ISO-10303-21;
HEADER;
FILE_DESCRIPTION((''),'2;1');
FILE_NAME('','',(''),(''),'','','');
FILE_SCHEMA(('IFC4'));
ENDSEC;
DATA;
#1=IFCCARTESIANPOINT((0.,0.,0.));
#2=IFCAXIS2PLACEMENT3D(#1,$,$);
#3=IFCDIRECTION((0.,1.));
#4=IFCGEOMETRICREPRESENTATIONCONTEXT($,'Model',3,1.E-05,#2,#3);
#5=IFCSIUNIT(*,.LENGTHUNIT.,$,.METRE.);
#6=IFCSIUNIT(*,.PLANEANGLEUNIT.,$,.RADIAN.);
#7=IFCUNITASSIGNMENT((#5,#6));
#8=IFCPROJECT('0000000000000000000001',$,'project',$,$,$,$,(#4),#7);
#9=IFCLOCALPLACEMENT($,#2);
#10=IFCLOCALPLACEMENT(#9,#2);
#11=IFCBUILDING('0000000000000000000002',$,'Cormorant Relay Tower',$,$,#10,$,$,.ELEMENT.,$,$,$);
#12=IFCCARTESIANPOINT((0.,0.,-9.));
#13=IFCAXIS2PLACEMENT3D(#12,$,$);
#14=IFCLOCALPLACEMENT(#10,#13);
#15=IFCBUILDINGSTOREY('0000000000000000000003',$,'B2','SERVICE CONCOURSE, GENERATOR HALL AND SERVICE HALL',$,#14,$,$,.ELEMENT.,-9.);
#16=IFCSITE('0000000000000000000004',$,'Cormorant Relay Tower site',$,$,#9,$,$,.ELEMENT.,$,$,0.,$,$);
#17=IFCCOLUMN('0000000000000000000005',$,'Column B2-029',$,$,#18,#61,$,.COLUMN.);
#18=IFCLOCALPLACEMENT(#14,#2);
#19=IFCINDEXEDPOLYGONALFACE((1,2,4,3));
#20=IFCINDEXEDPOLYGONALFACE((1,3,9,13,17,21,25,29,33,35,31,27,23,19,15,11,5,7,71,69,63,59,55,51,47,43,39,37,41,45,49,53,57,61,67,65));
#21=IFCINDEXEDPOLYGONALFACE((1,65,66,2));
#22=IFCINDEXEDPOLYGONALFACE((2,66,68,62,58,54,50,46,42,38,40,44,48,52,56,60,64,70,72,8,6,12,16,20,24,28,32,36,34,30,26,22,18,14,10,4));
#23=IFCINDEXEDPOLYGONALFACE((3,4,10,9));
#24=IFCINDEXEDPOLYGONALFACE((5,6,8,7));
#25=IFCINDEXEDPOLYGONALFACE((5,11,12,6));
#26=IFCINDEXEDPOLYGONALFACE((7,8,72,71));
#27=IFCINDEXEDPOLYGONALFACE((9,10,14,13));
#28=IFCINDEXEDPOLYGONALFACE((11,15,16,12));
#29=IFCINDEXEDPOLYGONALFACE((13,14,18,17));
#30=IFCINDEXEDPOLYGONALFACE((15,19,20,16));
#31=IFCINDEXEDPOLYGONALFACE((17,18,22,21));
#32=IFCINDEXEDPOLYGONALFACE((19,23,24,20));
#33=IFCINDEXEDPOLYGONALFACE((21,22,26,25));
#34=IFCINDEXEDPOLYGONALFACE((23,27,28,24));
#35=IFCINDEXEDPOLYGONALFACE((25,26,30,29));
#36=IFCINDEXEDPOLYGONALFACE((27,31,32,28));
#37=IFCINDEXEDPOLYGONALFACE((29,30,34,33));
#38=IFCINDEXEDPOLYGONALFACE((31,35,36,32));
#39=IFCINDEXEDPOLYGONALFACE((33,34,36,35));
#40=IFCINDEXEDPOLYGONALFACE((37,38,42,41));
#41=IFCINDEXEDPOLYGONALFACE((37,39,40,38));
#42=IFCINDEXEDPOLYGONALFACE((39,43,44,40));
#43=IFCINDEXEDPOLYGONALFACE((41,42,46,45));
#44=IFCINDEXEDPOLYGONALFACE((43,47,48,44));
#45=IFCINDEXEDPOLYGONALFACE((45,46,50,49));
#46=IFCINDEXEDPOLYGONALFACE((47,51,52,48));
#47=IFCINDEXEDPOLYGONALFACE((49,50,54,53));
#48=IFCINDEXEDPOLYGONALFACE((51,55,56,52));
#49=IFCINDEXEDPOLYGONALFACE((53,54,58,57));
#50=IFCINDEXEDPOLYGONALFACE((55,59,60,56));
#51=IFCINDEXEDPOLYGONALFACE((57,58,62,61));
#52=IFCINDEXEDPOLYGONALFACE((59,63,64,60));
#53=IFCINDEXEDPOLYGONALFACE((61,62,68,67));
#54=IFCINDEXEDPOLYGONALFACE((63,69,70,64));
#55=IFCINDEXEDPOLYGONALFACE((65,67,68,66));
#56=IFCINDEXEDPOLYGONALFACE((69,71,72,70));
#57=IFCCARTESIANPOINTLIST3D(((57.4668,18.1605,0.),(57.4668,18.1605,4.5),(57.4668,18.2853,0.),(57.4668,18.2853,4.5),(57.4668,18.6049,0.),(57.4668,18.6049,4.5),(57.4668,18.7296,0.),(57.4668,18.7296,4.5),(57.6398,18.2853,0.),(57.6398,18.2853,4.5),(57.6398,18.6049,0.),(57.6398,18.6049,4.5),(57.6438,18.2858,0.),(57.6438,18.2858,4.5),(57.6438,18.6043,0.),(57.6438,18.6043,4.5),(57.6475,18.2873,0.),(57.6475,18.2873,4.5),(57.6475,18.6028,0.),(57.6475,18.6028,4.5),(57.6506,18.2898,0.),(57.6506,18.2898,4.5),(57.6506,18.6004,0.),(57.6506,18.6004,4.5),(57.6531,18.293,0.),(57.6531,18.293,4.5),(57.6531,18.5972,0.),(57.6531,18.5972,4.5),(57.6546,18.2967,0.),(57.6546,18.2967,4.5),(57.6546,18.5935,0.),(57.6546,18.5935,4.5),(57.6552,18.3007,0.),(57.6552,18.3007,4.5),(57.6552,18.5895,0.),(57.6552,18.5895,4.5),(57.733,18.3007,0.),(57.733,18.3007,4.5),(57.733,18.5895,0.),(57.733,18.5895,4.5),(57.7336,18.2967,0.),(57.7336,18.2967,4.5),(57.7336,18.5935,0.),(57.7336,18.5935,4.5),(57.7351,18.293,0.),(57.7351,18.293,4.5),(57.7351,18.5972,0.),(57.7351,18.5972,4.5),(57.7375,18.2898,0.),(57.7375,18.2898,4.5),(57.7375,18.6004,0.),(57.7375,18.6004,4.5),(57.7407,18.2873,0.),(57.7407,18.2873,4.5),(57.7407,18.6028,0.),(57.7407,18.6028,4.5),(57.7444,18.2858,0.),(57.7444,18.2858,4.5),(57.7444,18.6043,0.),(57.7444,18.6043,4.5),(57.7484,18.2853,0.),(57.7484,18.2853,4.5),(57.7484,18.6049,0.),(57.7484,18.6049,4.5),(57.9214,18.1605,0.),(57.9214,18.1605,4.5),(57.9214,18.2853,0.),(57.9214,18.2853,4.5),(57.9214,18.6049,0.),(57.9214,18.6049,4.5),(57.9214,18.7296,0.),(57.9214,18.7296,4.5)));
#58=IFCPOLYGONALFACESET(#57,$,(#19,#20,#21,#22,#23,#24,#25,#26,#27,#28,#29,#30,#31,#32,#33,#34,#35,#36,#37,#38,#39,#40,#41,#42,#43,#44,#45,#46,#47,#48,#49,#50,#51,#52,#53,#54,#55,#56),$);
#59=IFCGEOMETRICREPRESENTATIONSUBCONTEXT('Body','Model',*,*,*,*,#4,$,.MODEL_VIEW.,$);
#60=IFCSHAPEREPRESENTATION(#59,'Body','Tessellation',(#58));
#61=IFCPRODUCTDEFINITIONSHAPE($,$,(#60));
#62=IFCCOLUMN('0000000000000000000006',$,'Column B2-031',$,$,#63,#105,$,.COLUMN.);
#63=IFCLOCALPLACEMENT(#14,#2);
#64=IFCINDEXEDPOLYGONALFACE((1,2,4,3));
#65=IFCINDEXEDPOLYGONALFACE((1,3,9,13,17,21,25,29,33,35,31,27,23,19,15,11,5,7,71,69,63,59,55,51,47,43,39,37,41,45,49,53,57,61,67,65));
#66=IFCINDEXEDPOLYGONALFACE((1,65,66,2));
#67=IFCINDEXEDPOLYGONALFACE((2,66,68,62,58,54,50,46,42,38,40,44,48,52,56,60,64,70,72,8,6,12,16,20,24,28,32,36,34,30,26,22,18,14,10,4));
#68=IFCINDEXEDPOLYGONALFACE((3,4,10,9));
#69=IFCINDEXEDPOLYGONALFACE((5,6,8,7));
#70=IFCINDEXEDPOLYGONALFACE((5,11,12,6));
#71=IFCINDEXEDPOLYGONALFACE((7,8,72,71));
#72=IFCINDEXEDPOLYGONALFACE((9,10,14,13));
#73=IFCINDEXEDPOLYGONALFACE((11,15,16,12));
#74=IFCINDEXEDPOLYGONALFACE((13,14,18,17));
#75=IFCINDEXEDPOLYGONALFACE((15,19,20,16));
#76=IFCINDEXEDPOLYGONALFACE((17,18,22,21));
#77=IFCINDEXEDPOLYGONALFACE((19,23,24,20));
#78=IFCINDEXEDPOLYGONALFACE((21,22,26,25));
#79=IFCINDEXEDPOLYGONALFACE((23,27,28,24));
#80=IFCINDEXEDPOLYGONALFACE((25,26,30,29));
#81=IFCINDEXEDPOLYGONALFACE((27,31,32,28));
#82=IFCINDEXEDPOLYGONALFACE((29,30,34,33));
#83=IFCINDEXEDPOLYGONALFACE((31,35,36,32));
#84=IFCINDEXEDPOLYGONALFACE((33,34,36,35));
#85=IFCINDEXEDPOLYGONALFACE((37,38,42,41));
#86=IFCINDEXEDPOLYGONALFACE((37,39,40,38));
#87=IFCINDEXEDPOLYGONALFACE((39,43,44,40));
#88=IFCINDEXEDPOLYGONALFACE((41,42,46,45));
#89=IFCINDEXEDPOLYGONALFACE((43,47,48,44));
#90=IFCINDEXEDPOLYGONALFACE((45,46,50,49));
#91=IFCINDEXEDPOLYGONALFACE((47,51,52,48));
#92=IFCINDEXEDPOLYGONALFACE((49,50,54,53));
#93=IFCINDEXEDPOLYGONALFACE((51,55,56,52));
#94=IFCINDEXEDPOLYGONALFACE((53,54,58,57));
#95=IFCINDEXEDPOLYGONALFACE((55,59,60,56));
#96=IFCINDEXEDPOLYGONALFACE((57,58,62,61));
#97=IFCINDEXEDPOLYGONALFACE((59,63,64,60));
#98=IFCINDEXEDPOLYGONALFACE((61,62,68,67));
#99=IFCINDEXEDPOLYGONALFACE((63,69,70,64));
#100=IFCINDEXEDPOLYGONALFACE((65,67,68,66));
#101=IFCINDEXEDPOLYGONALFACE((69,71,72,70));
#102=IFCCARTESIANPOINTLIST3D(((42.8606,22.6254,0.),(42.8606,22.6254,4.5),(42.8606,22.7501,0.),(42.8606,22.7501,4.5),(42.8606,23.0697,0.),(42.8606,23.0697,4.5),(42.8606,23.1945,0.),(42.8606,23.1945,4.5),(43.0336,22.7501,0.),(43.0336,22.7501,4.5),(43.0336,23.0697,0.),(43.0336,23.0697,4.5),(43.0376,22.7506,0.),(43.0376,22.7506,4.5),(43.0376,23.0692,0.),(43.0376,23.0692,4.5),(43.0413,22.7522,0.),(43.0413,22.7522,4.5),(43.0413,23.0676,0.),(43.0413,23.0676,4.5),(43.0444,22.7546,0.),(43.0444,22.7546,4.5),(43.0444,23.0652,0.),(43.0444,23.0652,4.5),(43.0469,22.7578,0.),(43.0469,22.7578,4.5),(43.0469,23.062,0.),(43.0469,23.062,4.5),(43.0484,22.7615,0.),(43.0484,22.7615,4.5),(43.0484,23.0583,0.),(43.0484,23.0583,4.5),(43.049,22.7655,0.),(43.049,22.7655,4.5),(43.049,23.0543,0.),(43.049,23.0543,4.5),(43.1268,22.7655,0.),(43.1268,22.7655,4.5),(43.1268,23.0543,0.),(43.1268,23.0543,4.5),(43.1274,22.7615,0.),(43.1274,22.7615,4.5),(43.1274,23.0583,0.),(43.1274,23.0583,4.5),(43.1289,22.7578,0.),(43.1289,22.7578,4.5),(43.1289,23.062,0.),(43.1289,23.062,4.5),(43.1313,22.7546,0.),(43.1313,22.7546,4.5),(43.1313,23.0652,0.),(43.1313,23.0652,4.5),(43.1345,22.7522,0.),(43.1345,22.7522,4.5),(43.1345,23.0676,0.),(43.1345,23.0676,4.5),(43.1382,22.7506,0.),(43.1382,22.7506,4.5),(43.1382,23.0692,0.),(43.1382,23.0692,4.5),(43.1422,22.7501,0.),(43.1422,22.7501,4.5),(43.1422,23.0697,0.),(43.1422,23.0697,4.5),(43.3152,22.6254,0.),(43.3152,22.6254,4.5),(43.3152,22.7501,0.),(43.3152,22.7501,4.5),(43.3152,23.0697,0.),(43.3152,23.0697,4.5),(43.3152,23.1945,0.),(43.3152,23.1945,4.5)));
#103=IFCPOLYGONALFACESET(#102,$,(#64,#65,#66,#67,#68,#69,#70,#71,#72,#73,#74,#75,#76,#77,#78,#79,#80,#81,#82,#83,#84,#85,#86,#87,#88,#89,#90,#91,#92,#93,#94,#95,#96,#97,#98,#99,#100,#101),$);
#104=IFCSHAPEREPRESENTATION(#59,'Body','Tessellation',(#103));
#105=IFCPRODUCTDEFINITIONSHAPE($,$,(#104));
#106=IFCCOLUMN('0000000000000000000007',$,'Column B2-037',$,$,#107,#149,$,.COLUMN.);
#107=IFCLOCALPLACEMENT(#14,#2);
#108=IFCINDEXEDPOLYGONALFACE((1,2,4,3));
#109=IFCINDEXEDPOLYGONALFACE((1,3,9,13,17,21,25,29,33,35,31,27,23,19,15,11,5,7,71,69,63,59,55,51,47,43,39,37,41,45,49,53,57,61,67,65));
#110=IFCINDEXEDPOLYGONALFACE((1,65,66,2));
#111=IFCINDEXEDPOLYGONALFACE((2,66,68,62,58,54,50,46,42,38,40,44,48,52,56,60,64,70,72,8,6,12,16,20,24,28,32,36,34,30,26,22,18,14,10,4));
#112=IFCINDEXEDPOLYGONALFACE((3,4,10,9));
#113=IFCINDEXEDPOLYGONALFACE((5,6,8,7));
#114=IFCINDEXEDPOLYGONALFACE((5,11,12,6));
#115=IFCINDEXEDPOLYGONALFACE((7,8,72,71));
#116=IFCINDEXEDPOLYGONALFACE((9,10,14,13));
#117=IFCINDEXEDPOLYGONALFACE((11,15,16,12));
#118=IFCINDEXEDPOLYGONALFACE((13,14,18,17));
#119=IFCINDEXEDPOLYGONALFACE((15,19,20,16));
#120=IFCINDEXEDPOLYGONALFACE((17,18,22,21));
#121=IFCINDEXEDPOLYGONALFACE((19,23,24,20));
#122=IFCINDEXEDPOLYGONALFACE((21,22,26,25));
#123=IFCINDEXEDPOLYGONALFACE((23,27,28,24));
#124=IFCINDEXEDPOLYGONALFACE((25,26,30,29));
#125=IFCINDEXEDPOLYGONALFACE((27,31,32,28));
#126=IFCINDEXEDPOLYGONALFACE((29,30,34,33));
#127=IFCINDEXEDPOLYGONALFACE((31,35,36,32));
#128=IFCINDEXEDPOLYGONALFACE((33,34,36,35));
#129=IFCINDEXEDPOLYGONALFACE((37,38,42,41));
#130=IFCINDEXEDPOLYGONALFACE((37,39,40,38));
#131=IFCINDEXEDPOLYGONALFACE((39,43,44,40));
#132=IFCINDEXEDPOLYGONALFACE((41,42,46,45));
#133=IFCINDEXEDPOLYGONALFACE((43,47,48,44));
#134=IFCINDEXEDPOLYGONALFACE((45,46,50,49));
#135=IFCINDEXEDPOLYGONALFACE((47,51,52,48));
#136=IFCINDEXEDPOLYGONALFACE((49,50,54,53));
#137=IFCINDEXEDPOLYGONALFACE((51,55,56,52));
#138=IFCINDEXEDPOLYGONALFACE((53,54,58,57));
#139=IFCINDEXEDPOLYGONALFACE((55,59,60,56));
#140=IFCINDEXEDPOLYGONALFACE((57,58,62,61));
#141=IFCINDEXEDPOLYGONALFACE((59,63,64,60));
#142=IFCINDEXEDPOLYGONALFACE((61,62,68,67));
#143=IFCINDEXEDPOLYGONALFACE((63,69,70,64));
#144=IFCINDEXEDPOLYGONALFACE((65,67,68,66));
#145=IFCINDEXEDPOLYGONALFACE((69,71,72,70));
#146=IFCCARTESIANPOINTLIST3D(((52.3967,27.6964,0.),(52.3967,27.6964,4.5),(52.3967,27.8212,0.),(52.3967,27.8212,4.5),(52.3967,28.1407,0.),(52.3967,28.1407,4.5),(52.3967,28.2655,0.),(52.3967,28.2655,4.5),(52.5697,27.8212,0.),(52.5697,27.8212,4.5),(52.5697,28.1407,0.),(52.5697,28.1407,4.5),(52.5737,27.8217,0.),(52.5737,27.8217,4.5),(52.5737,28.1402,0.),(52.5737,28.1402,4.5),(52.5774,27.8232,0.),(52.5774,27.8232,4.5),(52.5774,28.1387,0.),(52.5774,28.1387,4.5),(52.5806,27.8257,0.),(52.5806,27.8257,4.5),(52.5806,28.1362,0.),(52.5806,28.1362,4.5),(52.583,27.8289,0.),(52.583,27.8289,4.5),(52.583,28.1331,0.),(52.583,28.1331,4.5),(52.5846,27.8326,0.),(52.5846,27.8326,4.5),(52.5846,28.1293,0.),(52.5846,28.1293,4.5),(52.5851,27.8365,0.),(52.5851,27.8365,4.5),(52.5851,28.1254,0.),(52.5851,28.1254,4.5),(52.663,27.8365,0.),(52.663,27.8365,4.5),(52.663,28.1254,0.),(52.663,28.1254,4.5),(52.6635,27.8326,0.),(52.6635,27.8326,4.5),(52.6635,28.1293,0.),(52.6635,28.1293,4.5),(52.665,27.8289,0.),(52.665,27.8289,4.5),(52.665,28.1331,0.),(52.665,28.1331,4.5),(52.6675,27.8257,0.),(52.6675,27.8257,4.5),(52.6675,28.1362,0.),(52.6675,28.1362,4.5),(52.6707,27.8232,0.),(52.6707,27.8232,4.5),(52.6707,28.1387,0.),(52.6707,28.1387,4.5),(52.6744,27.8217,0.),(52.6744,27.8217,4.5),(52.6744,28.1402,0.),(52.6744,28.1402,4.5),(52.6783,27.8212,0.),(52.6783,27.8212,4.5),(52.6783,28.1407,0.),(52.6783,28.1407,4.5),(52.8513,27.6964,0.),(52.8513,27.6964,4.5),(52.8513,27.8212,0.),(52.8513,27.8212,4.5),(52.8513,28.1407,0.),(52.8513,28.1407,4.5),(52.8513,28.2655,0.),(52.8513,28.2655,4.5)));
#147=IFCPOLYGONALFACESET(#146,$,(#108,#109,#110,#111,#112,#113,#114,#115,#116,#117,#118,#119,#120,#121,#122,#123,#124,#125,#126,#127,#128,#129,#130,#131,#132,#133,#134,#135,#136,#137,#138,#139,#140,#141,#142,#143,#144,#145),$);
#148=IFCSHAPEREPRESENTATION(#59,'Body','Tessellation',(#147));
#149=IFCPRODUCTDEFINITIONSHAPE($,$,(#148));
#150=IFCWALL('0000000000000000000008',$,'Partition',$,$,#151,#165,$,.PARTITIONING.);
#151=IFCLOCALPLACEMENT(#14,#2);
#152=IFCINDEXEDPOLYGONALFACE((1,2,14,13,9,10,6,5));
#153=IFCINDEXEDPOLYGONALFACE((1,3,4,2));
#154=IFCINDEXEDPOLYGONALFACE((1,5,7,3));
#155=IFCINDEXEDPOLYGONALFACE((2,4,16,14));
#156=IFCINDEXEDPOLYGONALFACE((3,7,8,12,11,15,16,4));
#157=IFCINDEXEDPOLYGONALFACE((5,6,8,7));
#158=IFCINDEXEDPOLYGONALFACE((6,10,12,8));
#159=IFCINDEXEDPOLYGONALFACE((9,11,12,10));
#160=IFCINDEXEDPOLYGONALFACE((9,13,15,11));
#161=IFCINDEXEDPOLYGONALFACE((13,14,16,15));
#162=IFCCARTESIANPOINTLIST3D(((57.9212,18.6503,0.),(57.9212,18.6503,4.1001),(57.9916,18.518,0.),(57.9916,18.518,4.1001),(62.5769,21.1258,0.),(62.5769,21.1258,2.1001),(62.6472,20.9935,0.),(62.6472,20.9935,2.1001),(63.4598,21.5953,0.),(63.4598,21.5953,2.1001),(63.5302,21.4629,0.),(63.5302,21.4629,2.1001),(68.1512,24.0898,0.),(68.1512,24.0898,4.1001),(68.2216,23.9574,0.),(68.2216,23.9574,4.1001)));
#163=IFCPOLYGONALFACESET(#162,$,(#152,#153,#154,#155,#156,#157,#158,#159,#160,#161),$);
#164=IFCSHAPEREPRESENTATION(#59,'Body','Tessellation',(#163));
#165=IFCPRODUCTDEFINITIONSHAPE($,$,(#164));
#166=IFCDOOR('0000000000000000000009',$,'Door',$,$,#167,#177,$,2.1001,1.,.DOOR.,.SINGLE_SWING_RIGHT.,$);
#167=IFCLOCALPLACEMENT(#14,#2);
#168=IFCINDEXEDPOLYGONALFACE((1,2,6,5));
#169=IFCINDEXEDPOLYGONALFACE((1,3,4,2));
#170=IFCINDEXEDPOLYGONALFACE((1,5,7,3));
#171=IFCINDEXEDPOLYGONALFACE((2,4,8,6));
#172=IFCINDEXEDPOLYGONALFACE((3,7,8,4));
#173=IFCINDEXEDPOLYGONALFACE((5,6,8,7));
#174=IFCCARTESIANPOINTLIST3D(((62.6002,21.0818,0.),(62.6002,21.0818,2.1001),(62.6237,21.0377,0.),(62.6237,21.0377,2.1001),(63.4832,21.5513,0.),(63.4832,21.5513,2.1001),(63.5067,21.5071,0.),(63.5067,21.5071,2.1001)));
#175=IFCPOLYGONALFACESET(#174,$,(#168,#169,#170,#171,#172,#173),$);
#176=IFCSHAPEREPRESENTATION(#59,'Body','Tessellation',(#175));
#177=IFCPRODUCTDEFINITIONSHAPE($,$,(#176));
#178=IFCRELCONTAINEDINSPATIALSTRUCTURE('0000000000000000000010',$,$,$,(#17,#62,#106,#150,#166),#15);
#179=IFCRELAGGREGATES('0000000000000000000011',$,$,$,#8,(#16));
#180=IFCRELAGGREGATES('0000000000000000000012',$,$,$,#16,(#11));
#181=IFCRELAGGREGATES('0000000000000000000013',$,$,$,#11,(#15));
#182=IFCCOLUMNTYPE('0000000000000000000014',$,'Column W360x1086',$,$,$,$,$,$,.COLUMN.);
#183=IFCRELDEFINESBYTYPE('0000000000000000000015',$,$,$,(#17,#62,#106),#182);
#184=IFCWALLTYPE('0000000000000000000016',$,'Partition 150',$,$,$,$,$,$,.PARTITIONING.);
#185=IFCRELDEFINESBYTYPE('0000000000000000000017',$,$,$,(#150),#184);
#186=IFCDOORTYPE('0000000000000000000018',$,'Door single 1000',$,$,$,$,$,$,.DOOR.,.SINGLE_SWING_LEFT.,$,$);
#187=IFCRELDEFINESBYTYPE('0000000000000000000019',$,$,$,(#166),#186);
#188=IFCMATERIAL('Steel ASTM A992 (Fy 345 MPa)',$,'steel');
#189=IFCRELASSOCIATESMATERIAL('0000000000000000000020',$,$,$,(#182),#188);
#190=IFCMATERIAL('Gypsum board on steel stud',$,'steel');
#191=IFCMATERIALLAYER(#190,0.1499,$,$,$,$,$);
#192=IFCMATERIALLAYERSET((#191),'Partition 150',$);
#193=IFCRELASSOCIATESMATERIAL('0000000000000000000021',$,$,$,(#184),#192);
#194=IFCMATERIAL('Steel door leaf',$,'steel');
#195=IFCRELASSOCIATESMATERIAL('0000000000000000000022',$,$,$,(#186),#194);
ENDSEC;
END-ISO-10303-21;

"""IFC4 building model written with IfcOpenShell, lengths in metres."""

from ifc_helpers import new_model, si_unit, direction, frame, frame_2d, origin, origin_2d, place, context, subcontext, project, spatial, rectangle, i_section, extrude, material, layer, layer_set, material_profile, profile_set, type_object, element, fill, save


model = new_model("IFC4")

# Units and contexts
model_context = context("Model", 3, precision=1e-05, world=origin(), true_north=direction((0.0, 1.0)))
body_context = subcontext(model_context, "Body", "Model", "MODEL_VIEW")
ifc_project = project(units=[si_unit("LENGTHUNIT", "METRE"), si_unit("PLANEANGLEUNIT", "RADIAN")], contexts=[model_context])

# Site, building, storey
site_placement = place(None, origin())
site = spatial("IfcSite", under=ifc_project, at=site_placement, Name="Cormorant Relay Tower site", CompositionType="ELEMENT", RefElevation=0.0)
building_placement = place(site_placement, origin())
building = spatial("IfcBuilding", under=site, at=building_placement, Name="Cormorant Relay Tower", CompositionType="ELEMENT")
storey_placement = place(building_placement, frame((0.0, 0.0, -9.0)))
storey = spatial("IfcBuildingStorey", under=building, at=storey_placement, Name="B2", Description="SERVICE CONCOURSE, GENERATOR HALL AND SERVICE HALL", CompositionType="ELEMENT", Elevation=-9.0)

# Columns
ifc_material_1 = material(Name="Steel ASTM A992 (Fy 345 MPa)", Category="steel")
ifc_material_profile_1 = material_profile(ifc_material_1, i_section(OverallWidth=0.4546, OverallDepth=0.5691, WebThickness=0.0779, FlangeThickness=0.1248, FilletRadius=0.0154, at=origin_2d()), Name="W360x1086")
ifc_profile_set_1 = profile_set([ifc_material_profile_1], Name="Steel ASTM A992 (Fy 345 MPa)")
column_type = type_object("IfcColumnType", Name="Column W360x1086", PredefinedType="COLUMN", material=ifc_profile_set_1)
for number, where, z_axis, x_axis, name in (
    (1, (57.6941, 18.4451, 0.0), (0.0, 0.0, 1.0), (1.0, 0.0, 0.0), "Column B2-029"),
    (2, (43.0879, 22.9099, 0.0), (0.0, 0.0, 1.0), (1.0, 0.0, 0.0), "Column B2-031"),
    (3, (52.624, 27.981, 0.0), (0.0, 0.0, 1.0), (1.0, 0.0, 0.0), "Column B2-037"),
):
    element("IfcColumn", number, at=place(storey_placement, frame(where, z_axis=z_axis, x_axis=x_axis)), inside=storey, type_object=column_type, Name=name, PredefinedType="COLUMN", context=body_context, shape_type="SweptSolid", body=[
        extrude(i_section(OverallWidth=0.4546, OverallDepth=0.5691, WebThickness=0.0779, FlangeThickness=0.1248, FilletRadius=0.0154, at=origin_2d()), origin(), (0.0, 0.0, 1.0), 4.5),
    ])

# Wall, opening, door
ifc_material_2 = material(Name="Gypsum board on steel stud", Category="steel")
ifc_layer = layer(ifc_material_2, 0.1499)
ifc_layer_set = layer_set([ifc_layer], Name="Partition 150")
wall_type = type_object("IfcWallType", Name="Partition 150", PredefinedType="PARTITIONING", material=ifc_layer_set)
wall_placement = place(storey_placement, frame((57.9565, 18.5842, 0.0), z_axis=(0.0, 0.0, 1.0), x_axis=(0.882945, 0.469477, 0.0)))
wall = element("IfcWall", 4, at=wall_placement, inside=storey, type_object=wall_type, Name="Partition", PredefinedType="PARTITIONING", context=body_context, shape_type="SweptSolid", body=[
    extrude(rectangle(XDim=11.5862, YDim=0.1499, at=frame_2d((5.793, 0.0))), origin(), (0.0, 0.0, 1.0), 4.1001),
])
opening_placement = place(wall_placement, frame((5.2727, 0.0, 0.0)))
opening = element("IfcOpeningElement", 5, at=opening_placement, cuts=wall, PredefinedType="OPENING", context=body_context, shape_type="SweptSolid", body=[
    extrude(rectangle(XDim=1.0, YDim=2.1001, at=frame_2d((0.5, 1.05))), frame((0.0, 0.085, 0.0), z_axis=(0.0, -1.0, 0.0), x_axis=(1.0, 0.0, 0.0)), (0.0, 0.0, 1.0), 0.1699),
])
ifc_material_3 = material(Name="Steel door leaf", Category="steel")
door_type = type_object("IfcDoorType", Name="Door single 1000", OperationType="SINGLE_SWING_LEFT", PredefinedType="DOOR", material=ifc_material_3)
door_placement = place(opening_placement, frame((1.0, 0.0, 0.0), z_axis=(0.0, 0.0, 1.0), x_axis=(-1.0, 0.0, 0.0)))
door = element("IfcDoor", 6, at=door_placement, inside=storey, type_object=door_type, Name="Door", OperationType="SINGLE_SWING_RIGHT", OverallHeight=2.1001, OverallWidth=1.0, PredefinedType="DOOR", context=body_context, shape_type="SweptSolid", body=[
    extrude(rectangle(XDim=1.0, YDim=2.1001, at=frame_2d((0.5, 1.05))), frame((0.0, 0.0249, 0.0), z_axis=(0.0, -1.0, 0.0), x_axis=(1.0, 0.0, 0.0)), (0.0, 0.0, 1.0), 0.05),
])
fill(opening, door)

save(model, "model.ifc")
